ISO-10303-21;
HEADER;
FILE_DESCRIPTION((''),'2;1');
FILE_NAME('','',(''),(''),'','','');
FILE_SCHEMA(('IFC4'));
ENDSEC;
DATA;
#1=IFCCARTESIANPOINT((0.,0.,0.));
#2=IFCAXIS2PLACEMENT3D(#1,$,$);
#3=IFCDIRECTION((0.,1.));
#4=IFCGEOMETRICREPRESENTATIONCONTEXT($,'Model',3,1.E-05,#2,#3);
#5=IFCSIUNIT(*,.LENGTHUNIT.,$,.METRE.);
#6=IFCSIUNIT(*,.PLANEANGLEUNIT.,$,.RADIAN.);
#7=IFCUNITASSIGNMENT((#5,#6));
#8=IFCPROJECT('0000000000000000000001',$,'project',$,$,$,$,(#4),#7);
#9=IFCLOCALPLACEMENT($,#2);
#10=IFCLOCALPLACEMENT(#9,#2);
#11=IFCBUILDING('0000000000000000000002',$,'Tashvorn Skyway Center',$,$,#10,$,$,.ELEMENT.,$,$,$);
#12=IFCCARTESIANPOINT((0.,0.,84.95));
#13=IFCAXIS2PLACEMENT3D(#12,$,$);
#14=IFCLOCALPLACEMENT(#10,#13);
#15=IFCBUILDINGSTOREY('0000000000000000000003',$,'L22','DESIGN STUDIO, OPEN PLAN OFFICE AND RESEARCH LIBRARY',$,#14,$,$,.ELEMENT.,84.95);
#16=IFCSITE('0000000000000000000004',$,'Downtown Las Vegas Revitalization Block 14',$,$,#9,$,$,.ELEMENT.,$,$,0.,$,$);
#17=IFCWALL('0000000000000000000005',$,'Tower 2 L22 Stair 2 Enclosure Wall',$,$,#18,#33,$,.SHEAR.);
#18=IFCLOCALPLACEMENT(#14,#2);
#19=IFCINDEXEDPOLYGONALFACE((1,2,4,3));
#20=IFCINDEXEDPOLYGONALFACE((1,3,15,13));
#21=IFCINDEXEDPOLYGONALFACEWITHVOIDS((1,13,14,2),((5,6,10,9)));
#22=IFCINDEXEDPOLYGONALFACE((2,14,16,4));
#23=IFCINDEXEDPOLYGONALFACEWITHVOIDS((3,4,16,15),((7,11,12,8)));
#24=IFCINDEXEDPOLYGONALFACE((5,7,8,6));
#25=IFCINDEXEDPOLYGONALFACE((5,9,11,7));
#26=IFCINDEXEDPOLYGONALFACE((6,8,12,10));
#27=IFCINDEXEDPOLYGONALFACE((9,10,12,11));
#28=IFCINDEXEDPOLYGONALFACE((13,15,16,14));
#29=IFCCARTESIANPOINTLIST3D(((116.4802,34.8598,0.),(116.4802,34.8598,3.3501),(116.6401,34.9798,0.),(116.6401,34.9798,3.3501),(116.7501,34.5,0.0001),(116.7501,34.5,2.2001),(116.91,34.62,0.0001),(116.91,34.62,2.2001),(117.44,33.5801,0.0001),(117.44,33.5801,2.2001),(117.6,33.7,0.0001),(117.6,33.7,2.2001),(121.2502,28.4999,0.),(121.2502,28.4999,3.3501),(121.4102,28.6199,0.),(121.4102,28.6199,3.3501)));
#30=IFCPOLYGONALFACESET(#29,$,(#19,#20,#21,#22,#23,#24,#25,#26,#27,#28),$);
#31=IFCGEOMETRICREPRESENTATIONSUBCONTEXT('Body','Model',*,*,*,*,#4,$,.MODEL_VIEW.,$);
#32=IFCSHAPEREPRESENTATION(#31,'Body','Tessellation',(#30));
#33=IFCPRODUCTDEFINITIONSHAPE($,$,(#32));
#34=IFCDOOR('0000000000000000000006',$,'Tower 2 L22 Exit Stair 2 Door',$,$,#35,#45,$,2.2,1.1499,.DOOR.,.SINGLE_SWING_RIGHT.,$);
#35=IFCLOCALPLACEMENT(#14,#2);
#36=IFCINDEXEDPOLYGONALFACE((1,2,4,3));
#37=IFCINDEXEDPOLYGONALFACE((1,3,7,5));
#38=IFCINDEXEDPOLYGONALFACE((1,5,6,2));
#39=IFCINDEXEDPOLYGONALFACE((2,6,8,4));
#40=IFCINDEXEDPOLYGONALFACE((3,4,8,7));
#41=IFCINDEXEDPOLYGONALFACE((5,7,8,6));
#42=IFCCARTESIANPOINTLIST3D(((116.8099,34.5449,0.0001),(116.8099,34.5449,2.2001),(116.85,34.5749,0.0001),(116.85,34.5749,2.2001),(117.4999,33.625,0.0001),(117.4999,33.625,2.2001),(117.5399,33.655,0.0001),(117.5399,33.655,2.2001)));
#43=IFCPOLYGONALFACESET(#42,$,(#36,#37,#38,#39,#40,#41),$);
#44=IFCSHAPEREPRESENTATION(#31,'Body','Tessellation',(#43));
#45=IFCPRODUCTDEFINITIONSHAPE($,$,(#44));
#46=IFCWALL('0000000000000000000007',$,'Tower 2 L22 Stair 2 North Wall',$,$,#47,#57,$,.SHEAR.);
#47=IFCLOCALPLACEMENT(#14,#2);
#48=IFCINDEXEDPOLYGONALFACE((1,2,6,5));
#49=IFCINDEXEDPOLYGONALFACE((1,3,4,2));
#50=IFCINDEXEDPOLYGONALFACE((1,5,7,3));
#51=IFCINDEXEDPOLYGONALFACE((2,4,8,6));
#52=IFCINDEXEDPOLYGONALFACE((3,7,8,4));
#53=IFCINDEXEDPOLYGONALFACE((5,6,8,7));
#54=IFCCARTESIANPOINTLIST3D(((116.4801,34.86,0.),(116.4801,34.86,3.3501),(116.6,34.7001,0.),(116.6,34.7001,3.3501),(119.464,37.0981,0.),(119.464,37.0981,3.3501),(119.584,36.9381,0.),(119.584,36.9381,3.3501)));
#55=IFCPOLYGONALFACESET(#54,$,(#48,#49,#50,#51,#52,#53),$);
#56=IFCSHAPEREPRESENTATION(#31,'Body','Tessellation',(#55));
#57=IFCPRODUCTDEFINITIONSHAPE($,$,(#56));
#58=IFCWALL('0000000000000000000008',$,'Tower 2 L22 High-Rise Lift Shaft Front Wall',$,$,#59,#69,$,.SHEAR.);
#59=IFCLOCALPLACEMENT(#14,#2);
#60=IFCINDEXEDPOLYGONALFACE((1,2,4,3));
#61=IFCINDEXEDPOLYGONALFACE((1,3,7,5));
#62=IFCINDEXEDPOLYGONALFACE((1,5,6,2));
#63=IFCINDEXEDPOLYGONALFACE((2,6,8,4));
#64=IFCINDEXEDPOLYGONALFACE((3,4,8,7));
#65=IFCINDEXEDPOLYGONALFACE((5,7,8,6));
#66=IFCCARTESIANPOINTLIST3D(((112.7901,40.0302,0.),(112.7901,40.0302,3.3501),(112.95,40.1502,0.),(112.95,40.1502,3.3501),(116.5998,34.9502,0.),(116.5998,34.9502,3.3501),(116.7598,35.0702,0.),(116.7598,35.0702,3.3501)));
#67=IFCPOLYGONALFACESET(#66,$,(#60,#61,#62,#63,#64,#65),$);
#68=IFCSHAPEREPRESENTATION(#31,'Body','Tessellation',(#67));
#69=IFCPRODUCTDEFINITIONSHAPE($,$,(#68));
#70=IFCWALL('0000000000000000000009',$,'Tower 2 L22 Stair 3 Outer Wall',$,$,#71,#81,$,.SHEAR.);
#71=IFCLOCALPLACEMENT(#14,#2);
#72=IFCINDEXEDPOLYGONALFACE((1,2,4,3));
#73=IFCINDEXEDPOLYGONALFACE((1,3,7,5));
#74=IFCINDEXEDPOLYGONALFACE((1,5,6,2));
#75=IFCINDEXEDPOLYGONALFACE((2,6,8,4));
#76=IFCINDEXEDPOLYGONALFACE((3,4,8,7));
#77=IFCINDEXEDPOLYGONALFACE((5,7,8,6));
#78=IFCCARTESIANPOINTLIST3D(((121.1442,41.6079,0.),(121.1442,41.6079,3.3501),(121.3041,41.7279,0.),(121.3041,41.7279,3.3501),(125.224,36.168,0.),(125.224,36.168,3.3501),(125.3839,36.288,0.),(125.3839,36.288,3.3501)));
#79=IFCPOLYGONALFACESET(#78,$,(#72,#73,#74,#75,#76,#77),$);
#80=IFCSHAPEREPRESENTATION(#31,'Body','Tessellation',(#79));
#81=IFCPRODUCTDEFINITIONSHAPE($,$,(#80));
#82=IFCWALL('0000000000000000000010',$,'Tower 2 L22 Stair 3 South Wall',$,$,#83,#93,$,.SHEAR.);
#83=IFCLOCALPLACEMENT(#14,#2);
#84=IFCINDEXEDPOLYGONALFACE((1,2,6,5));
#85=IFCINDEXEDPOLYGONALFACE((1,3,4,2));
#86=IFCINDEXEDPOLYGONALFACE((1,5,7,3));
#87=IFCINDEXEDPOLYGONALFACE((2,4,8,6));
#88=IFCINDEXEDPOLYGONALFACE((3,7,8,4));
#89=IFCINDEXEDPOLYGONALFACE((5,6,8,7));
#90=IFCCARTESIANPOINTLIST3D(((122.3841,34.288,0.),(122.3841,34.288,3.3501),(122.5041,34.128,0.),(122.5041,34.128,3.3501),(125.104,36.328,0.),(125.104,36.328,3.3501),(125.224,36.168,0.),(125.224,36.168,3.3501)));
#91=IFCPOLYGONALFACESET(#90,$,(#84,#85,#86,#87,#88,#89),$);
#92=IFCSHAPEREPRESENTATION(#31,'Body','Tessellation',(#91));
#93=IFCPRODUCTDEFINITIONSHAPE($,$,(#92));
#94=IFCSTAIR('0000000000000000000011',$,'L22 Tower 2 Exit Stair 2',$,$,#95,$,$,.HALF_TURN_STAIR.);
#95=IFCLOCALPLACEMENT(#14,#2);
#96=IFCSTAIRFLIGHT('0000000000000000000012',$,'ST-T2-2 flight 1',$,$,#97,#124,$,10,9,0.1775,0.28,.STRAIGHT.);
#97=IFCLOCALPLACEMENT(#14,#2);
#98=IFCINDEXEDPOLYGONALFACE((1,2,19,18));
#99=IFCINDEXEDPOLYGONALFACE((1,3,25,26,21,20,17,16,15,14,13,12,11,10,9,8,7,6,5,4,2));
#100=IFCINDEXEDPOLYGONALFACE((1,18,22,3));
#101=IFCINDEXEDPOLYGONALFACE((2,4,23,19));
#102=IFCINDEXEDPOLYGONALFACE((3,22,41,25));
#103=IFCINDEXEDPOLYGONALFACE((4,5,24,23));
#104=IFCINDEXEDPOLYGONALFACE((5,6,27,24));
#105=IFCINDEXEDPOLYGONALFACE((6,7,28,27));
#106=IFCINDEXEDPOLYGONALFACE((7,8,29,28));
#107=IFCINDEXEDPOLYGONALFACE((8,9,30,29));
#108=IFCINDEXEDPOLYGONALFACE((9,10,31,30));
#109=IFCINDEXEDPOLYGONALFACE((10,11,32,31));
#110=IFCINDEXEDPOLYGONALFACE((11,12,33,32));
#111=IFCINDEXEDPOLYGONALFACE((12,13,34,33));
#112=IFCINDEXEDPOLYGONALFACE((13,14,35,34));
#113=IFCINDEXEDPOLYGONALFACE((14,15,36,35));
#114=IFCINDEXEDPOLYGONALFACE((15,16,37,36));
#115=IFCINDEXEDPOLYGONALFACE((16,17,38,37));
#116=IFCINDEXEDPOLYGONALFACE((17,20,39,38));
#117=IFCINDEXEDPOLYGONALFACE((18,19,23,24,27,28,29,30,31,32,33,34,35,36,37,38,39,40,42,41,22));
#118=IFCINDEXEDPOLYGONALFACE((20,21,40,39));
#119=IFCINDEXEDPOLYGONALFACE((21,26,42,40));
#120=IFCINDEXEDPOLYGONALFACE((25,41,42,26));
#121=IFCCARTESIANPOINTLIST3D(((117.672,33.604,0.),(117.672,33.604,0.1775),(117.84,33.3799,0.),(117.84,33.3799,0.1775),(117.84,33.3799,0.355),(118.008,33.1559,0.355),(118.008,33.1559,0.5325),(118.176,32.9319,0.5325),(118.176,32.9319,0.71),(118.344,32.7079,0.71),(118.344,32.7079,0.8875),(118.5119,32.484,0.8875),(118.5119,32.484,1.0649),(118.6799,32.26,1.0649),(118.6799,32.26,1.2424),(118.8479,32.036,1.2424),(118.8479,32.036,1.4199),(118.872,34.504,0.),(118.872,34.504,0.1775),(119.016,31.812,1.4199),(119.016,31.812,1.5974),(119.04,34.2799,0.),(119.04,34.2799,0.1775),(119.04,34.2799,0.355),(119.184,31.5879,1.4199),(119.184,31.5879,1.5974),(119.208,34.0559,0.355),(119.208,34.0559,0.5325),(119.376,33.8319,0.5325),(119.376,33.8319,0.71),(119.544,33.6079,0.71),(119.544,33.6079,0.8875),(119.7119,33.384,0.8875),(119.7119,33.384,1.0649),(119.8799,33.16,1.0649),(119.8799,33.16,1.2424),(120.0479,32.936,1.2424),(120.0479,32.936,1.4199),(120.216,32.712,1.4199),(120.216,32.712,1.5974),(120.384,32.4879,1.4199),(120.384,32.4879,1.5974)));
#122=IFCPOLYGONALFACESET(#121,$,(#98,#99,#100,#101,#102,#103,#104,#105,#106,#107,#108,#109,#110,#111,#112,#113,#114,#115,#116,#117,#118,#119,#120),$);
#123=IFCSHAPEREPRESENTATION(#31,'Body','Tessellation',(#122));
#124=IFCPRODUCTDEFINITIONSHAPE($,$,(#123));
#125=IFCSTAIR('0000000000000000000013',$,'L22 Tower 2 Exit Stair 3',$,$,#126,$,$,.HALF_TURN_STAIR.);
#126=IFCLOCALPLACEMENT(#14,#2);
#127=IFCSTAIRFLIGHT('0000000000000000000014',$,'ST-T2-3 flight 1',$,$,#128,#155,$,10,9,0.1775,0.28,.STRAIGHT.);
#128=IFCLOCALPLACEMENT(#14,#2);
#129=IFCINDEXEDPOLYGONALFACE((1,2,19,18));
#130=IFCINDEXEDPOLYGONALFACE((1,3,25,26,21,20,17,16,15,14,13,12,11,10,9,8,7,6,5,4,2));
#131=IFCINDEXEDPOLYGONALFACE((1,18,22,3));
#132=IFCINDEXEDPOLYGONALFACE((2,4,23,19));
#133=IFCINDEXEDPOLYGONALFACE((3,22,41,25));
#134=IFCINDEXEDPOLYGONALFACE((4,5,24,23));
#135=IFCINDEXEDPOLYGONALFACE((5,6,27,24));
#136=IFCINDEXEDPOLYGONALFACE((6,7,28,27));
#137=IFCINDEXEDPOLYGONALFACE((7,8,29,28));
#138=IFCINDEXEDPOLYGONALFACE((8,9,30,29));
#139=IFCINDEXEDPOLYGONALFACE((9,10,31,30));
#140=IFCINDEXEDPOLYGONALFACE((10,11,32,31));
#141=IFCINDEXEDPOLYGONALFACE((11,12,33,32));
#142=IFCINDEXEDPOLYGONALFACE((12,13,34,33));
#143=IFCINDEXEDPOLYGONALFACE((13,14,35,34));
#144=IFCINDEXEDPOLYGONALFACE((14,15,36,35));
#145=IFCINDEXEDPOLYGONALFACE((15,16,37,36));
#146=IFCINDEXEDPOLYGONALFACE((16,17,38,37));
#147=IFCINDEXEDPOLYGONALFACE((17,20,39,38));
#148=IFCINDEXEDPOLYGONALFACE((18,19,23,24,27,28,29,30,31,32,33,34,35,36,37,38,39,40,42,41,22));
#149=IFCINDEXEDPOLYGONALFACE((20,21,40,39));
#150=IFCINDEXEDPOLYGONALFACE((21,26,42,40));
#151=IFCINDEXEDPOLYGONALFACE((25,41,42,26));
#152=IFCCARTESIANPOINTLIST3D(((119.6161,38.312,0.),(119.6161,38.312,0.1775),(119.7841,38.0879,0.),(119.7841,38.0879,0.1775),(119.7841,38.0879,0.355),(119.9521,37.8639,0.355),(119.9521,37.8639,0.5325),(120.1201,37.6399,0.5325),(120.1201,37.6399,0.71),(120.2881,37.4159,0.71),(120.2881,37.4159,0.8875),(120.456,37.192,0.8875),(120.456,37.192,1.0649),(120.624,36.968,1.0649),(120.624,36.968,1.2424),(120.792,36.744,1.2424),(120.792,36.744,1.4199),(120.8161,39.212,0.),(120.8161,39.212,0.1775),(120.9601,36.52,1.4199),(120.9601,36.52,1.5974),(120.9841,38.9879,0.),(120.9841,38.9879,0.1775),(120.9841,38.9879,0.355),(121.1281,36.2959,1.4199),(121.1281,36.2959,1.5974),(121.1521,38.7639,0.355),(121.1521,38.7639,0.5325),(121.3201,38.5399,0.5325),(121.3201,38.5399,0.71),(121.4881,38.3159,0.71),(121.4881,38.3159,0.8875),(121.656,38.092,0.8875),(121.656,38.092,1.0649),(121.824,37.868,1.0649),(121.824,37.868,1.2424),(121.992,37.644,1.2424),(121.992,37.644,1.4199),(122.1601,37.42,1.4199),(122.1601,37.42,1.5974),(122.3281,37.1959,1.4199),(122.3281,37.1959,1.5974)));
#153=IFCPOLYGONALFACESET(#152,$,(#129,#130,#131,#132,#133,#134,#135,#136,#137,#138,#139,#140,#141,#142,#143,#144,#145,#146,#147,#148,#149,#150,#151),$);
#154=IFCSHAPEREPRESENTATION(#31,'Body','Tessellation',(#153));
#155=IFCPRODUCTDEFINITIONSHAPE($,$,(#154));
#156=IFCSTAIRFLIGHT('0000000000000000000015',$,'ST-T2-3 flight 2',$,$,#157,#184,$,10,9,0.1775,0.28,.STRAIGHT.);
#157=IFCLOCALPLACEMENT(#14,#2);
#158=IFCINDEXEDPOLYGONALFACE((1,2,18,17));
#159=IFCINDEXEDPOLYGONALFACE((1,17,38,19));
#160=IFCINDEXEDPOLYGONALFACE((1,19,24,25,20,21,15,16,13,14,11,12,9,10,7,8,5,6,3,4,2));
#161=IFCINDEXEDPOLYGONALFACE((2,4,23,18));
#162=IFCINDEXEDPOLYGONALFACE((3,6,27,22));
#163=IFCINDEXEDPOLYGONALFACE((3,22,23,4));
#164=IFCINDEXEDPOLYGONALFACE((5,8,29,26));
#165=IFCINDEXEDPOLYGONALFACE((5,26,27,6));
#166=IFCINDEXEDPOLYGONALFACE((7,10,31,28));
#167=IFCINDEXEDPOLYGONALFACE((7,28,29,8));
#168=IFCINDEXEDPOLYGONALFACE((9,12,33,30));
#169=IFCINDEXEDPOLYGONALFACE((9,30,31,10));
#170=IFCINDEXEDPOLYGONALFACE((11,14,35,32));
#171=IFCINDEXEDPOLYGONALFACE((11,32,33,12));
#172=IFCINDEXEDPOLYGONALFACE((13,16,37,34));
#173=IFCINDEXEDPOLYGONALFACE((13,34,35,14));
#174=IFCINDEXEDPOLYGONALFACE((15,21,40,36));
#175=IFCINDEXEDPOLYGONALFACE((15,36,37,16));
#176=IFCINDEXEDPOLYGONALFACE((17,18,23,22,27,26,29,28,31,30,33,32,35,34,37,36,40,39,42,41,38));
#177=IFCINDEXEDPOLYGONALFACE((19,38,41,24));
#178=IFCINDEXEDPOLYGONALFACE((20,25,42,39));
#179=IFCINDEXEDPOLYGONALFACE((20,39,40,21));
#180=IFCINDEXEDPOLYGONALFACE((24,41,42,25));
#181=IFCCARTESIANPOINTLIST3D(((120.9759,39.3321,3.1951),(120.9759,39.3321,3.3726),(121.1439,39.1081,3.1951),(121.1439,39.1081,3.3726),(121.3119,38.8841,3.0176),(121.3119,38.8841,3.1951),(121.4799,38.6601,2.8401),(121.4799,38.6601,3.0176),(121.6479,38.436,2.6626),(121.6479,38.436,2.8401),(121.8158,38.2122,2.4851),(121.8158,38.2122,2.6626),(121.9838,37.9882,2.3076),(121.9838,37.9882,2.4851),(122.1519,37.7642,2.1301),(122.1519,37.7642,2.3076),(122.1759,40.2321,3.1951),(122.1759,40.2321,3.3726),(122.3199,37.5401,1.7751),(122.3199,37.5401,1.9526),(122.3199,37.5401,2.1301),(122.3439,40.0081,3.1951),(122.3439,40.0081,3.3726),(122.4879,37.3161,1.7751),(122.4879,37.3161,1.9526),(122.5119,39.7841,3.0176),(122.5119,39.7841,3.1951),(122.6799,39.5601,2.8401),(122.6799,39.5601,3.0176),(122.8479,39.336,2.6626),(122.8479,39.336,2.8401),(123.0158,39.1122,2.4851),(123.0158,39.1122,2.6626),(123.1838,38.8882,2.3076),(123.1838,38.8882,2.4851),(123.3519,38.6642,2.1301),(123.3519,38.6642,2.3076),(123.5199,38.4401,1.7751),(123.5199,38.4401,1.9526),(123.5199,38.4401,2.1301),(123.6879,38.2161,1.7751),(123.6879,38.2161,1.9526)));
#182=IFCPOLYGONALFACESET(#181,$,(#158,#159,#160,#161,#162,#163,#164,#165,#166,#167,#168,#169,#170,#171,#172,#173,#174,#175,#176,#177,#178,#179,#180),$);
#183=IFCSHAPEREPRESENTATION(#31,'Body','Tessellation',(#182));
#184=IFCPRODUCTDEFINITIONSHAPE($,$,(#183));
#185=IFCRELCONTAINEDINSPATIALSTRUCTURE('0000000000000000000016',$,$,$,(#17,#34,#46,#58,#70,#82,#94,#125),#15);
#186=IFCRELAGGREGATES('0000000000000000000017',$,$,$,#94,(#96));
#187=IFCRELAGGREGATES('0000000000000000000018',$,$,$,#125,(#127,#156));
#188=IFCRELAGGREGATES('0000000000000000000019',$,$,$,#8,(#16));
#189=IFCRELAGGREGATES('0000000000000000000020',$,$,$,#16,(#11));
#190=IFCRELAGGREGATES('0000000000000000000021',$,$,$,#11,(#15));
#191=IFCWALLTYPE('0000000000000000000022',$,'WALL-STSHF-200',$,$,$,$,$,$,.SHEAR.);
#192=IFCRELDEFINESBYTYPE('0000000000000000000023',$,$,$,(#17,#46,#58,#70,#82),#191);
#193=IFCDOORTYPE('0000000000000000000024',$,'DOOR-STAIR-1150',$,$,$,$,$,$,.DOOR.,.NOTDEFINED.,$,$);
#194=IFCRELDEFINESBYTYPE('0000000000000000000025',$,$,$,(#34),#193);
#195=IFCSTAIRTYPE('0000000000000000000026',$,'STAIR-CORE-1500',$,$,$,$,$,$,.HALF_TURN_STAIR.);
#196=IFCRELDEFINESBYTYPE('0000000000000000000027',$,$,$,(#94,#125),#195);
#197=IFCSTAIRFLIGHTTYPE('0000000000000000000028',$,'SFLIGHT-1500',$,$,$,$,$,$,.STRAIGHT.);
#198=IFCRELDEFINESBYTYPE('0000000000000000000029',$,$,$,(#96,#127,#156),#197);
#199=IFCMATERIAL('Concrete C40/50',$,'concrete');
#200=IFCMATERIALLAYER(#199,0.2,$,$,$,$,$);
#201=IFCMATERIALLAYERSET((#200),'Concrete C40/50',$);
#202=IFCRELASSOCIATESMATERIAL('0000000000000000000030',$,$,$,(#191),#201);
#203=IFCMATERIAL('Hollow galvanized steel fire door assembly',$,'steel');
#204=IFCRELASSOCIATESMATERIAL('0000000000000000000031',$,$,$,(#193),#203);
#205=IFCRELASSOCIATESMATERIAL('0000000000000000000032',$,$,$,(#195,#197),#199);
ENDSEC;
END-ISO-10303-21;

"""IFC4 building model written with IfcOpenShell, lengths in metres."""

from ifc_helpers import new_model, si_unit, direction, frame, frame_2d, origin, place, context, subcontext, project, spatial, polyline, rectangle, outline, extrude, material, layer, layer_set, type_object, element, fill, aggregate, save


model = new_model("IFC4")

# Units and contexts
model_context = context("Model", 3, precision=1e-05, world=origin(), true_north=direction((0.0, 1.0)))
body_context = subcontext(model_context, "Body", "Model", "MODEL_VIEW")
ifc_project = project(units=[si_unit("LENGTHUNIT", "METRE"), si_unit("PLANEANGLEUNIT", "RADIAN")], contexts=[model_context])

# Site, building, storey
site_placement = place(None, origin())
site = spatial("IfcSite", under=ifc_project, at=site_placement, Name="Downtown Las Vegas Revitalization Block 14", CompositionType="ELEMENT", RefElevation=0.0)
building_placement = place(site_placement, origin())
building = spatial("IfcBuilding", under=site, at=building_placement, Name="Tashvorn Skyway Center", CompositionType="ELEMENT")
storey_placement = place(building_placement, frame((0.0, 0.0, 84.95)))
storey = spatial("IfcBuildingStorey", under=building, at=storey_placement, Name="L22", Description="DESIGN STUDIO, OPEN PLAN OFFICE AND RESEARCH LIBRARY", CompositionType="ELEMENT", Elevation=84.95)

# Shared definitions
ifc_material_1 = material(Name="Concrete C40/50", Category="concrete")

# Wall, opening, door
ifc_layer_1 = layer(ifc_material_1, 0.2)
ifc_layer_set_1 = layer_set([ifc_layer_1], Name="Concrete C40/50")
wall_type_1 = type_object("IfcWallType", Name="WALL-STSHF-200", PredefinedType="SHEAR", material=ifc_layer_set_1)
wall_1_placement = place(storey_placement, frame((116.5601, 34.9199, 0.0), z_axis=(0.0, 0.0, 1.0), x_axis=(0.60001, -0.799993, 0.0)))
wall_1 = element("IfcWall", 1, at=wall_1_placement, inside=storey, type_object=wall_type_1, Name="Tower 2 L22 Stair 2 Enclosure Wall", PredefinedType="SHEAR", context=body_context, shape_type="SweptSolid", body=[
    extrude(rectangle(XDim=7.95, YDim=0.2, at=frame_2d((3.9751, 0.0))), origin(), (0.0, 0.0, 1.0), 3.3501),
])
opening_placement = place(wall_1_placement, frame((0.45, 0.0, 0.0)))
opening = element("IfcOpeningElement", 2, at=opening_placement, cuts=wall_1, PredefinedType="OPENING", context=body_context, shape_type="SweptSolid", body=[
    extrude(rectangle(XDim=1.1499, YDim=2.2, at=frame_2d((0.575, 1.1001))), frame((0.0, 0.1099, 0.0), z_axis=(0.0, -1.0, 0.0), x_axis=(1.0, 0.0, 0.0)), (0.0, 0.0, 1.0), 0.22),
])
ifc_material_2 = material(Name="Hollow galvanized steel fire door assembly", Category="steel")
door_type = type_object("IfcDoorType", Name="DOOR-STAIR-1150", OperationType="NOTDEFINED", PredefinedType="DOOR", material=ifc_material_2)
door_placement = place(opening_placement, origin())
door = element("IfcDoor", 3, at=door_placement, inside=storey, type_object=door_type, Name="Tower 2 L22 Exit Stair 2 Door", OperationType="SINGLE_SWING_RIGHT", OverallHeight=2.2, OverallWidth=1.1499, PredefinedType="DOOR", context=body_context, shape_type="SweptSolid", body=[
    extrude(rectangle(XDim=1.1499, YDim=2.2, at=frame_2d((0.575, 1.1001))), frame((0.0, 0.0249, 0.0), z_axis=(0.0, -1.0, 0.0), x_axis=(1.0, 0.0, 0.0)), (0.0, 0.0, 1.0), 0.05),
])
fill(opening, door)

# Walls
wall_2_placement = place(storey_placement, frame((116.54, 34.78, 0.0), z_axis=(0.0, 0.0, 1.0), x_axis=(0.799984, 0.600021, 0.0)))
element("IfcWall", 4, at=wall_2_placement, inside=storey, type_object=wall_type_1, Name="Tower 2 L22 Stair 2 North Wall", PredefinedType="SHEAR", context=body_context, shape_type="SweptSolid", body=[
    extrude(rectangle(XDim=3.73, YDim=0.2, at=frame_2d((1.865, 0.0))), origin(), (0.0, 0.0, 1.0), 3.3501),
])
wall_3_placement = place(storey_placement, frame((112.8701, 40.0901, 0.0), z_axis=(0.0, 0.0, 1.0), x_axis=(0.599975, -0.800018, 0.0)))
element("IfcWall", 5, at=wall_3_placement, inside=storey, type_object=wall_type_1, Name="Tower 2 L22 High-Rise Lift Shaft Front Wall", PredefinedType="SHEAR", context=body_context, shape_type="SweptSolid", body=[
    extrude(rectangle(XDim=6.3499, YDim=0.2, at=frame_2d((3.1748, 0.0))), origin(), (0.0, 0.0, 1.0), 3.3501),
])
wall_4_placement = place(storey_placement, frame((125.304, 36.228, 0.0), z_axis=(0.0, 0.0, 1.0), x_axis=(-0.599989, 0.800009, 0.0)))
element("IfcWall", 6, at=wall_4_placement, inside=storey, type_object=wall_type_1, Name="Tower 2 L22 Stair 3 Outer Wall", PredefinedType="SHEAR", context=body_context, shape_type="SweptSolid", body=[
    extrude(rectangle(XDim=6.7998, YDim=0.2, at=frame_2d((3.3999, 0.0))), origin(), (0.0, 0.0, 1.0), 3.3501),
])
wall_5_placement = place(storey_placement, frame((122.4441, 34.208, 0.0), z_axis=(0.0, 0.0, 1.0), x_axis=(0.799991, 0.600011, 0.0)))
element("IfcWall", 7, at=wall_5_placement, inside=storey, type_object=wall_type_1, Name="Tower 2 L22 Stair 3 South Wall", PredefinedType="SHEAR", context=body_context, shape_type="SweptSolid", body=[
    extrude(rectangle(XDim=3.3999, YDim=0.2, at=frame_2d((1.7, 0.0))), origin(), (0.0, 0.0, 1.0), 3.3501),
])

# Stair, stair flight
stair_type = type_object("IfcStairType", Name="STAIR-CORE-1500", PredefinedType="HALF_TURN_STAIR", material=ifc_material_1)
stair_1_placement = place(storey_placement, origin())
stair_1 = element("IfcStair", 8, at=stair_1_placement, inside=storey, type_object=stair_type, Name="L22 Tower 2 Exit Stair 2", PredefinedType="HALF_TURN_STAIR")
stair_flight_type = type_object("IfcStairFlightType", Name="SFLIGHT-1500", PredefinedType="STRAIGHT", material=ifc_material_1)
stair_flight_1_placement = place(storey_placement, frame((118.272, 34.054, 0.0), z_axis=(0.0, 0.0, 1.0), x_axis=(0.6, -0.8, 0.0)))
stair_flight_1 = element("IfcStairFlight", 9, at=stair_flight_1_placement, type_object=stair_flight_type, Name="ST-T2-2 flight 1", NumberOfRisers=10, NumberOfTreads=9, PredefinedType="STRAIGHT", RiserHeight=0.1775, TreadLength=0.28, context=body_context, shape_type="SweptSolid", body=[
    extrude(outline(polyline([(0.0, 0.0), (0.0, 0.1775), (0.28, 0.1775), (0.28, 0.355), (0.5601, 0.355), (0.5601, 0.5325), (0.8401, 0.5325), (0.8401, 0.71), (1.1201, 0.71), (1.1201, 0.8875), (1.3999, 0.8875), (1.3999, 1.0649), (1.6799, 1.0649), (1.6799, 1.2424), (1.96, 1.2424), (1.96, 1.4199), (2.24, 1.4199), (2.24, 1.5974), (2.52, 1.5974), (2.52, 1.7749), (2.52, 1.4199), (0.28, 0.0), (0.0, 0.0)])), frame((0.0, 0.75, 0.0), z_axis=(0.0, -1.0, 0.0), x_axis=(1.0, 0.0, 0.0)), (0.0, 0.0, 1.0), 1.5),
])
aggregate(stair_1, [stair_flight_1])

# Stair, stair flights
stair_2_placement = place(storey_placement, origin())
stair_2 = element("IfcStair", 10, at=stair_2_placement, inside=storey, type_object=stair_type, Name="L22 Tower 2 Exit Stair 3", PredefinedType="HALF_TURN_STAIR")
stair_flight_2_placement = place(storey_placement, frame((120.2161, 38.762, 0.0), z_axis=(0.0, 0.0, 1.0), x_axis=(0.6, -0.8, 0.0)))
stair_flight_2 = element("IfcStairFlight", 11, at=stair_flight_2_placement, type_object=stair_flight_type, Name="ST-T2-3 flight 1", NumberOfRisers=10, NumberOfTreads=9, PredefinedType="STRAIGHT", RiserHeight=0.1775, TreadLength=0.28, context=body_context, shape_type="SweptSolid", body=[
    extrude(outline(polyline([(0.0, 0.0), (0.0, 0.1775), (0.28, 0.1775), (0.28, 0.355), (0.5601, 0.355), (0.5601, 0.5325), (0.8401, 0.5325), (0.8401, 0.71), (1.1201, 0.71), (1.1201, 0.8875), (1.3999, 0.8875), (1.3999, 1.0649), (1.6799, 1.0649), (1.6799, 1.2424), (1.96, 1.2424), (1.96, 1.4199), (2.24, 1.4199), (2.24, 1.5974), (2.52, 1.5974), (2.52, 1.7749), (2.52, 1.4199), (0.28, 0.0), (0.0, 0.0)])), frame((0.0, 0.75, 0.0), z_axis=(0.0, -1.0, 0.0), x_axis=(1.0, 0.0, 0.0)), (0.0, 0.0, 1.0), 1.5),
])
stair_flight_3_placement = place(storey_placement, frame((123.0879, 37.7661, 1.7751), z_axis=(0.0, 0.0, 1.0), x_axis=(-0.6, 0.8, 0.0)))
stair_flight_3 = element("IfcStairFlight", 12, at=stair_flight_3_placement, type_object=stair_flight_type, Name="ST-T2-3 flight 2", NumberOfRisers=10, NumberOfTreads=9, PredefinedType="STRAIGHT", RiserHeight=0.1775, TreadLength=0.28, context=body_context, shape_type="SweptSolid", body=[
    extrude(outline(polyline([(0.0, 0.0), (0.0, 0.1775), (0.28, 0.1775), (0.28, 0.355), (0.5601, 0.355), (0.5601, 0.5325), (0.8401, 0.5325), (0.8401, 0.71), (1.1201, 0.71), (1.1201, 0.8875), (1.3999, 0.8875), (1.3999, 1.0649), (1.6799, 1.0649), (1.6799, 1.2424), (1.96, 1.2424), (1.96, 1.4199), (2.24, 1.4199), (2.24, 1.5974), (2.52, 1.5974), (2.52, 1.7749), (2.52, 1.4199), (0.28, 0.0), (0.0, 0.0)])), frame((0.0, 0.75, 0.0), z_axis=(0.0, -1.0, 0.0), x_axis=(1.0, 0.0, 0.0)), (0.0, 0.0, 1.0), 1.5),
])
aggregate(stair_2, [stair_flight_2, stair_flight_3])

save(model, "model.ifc")
